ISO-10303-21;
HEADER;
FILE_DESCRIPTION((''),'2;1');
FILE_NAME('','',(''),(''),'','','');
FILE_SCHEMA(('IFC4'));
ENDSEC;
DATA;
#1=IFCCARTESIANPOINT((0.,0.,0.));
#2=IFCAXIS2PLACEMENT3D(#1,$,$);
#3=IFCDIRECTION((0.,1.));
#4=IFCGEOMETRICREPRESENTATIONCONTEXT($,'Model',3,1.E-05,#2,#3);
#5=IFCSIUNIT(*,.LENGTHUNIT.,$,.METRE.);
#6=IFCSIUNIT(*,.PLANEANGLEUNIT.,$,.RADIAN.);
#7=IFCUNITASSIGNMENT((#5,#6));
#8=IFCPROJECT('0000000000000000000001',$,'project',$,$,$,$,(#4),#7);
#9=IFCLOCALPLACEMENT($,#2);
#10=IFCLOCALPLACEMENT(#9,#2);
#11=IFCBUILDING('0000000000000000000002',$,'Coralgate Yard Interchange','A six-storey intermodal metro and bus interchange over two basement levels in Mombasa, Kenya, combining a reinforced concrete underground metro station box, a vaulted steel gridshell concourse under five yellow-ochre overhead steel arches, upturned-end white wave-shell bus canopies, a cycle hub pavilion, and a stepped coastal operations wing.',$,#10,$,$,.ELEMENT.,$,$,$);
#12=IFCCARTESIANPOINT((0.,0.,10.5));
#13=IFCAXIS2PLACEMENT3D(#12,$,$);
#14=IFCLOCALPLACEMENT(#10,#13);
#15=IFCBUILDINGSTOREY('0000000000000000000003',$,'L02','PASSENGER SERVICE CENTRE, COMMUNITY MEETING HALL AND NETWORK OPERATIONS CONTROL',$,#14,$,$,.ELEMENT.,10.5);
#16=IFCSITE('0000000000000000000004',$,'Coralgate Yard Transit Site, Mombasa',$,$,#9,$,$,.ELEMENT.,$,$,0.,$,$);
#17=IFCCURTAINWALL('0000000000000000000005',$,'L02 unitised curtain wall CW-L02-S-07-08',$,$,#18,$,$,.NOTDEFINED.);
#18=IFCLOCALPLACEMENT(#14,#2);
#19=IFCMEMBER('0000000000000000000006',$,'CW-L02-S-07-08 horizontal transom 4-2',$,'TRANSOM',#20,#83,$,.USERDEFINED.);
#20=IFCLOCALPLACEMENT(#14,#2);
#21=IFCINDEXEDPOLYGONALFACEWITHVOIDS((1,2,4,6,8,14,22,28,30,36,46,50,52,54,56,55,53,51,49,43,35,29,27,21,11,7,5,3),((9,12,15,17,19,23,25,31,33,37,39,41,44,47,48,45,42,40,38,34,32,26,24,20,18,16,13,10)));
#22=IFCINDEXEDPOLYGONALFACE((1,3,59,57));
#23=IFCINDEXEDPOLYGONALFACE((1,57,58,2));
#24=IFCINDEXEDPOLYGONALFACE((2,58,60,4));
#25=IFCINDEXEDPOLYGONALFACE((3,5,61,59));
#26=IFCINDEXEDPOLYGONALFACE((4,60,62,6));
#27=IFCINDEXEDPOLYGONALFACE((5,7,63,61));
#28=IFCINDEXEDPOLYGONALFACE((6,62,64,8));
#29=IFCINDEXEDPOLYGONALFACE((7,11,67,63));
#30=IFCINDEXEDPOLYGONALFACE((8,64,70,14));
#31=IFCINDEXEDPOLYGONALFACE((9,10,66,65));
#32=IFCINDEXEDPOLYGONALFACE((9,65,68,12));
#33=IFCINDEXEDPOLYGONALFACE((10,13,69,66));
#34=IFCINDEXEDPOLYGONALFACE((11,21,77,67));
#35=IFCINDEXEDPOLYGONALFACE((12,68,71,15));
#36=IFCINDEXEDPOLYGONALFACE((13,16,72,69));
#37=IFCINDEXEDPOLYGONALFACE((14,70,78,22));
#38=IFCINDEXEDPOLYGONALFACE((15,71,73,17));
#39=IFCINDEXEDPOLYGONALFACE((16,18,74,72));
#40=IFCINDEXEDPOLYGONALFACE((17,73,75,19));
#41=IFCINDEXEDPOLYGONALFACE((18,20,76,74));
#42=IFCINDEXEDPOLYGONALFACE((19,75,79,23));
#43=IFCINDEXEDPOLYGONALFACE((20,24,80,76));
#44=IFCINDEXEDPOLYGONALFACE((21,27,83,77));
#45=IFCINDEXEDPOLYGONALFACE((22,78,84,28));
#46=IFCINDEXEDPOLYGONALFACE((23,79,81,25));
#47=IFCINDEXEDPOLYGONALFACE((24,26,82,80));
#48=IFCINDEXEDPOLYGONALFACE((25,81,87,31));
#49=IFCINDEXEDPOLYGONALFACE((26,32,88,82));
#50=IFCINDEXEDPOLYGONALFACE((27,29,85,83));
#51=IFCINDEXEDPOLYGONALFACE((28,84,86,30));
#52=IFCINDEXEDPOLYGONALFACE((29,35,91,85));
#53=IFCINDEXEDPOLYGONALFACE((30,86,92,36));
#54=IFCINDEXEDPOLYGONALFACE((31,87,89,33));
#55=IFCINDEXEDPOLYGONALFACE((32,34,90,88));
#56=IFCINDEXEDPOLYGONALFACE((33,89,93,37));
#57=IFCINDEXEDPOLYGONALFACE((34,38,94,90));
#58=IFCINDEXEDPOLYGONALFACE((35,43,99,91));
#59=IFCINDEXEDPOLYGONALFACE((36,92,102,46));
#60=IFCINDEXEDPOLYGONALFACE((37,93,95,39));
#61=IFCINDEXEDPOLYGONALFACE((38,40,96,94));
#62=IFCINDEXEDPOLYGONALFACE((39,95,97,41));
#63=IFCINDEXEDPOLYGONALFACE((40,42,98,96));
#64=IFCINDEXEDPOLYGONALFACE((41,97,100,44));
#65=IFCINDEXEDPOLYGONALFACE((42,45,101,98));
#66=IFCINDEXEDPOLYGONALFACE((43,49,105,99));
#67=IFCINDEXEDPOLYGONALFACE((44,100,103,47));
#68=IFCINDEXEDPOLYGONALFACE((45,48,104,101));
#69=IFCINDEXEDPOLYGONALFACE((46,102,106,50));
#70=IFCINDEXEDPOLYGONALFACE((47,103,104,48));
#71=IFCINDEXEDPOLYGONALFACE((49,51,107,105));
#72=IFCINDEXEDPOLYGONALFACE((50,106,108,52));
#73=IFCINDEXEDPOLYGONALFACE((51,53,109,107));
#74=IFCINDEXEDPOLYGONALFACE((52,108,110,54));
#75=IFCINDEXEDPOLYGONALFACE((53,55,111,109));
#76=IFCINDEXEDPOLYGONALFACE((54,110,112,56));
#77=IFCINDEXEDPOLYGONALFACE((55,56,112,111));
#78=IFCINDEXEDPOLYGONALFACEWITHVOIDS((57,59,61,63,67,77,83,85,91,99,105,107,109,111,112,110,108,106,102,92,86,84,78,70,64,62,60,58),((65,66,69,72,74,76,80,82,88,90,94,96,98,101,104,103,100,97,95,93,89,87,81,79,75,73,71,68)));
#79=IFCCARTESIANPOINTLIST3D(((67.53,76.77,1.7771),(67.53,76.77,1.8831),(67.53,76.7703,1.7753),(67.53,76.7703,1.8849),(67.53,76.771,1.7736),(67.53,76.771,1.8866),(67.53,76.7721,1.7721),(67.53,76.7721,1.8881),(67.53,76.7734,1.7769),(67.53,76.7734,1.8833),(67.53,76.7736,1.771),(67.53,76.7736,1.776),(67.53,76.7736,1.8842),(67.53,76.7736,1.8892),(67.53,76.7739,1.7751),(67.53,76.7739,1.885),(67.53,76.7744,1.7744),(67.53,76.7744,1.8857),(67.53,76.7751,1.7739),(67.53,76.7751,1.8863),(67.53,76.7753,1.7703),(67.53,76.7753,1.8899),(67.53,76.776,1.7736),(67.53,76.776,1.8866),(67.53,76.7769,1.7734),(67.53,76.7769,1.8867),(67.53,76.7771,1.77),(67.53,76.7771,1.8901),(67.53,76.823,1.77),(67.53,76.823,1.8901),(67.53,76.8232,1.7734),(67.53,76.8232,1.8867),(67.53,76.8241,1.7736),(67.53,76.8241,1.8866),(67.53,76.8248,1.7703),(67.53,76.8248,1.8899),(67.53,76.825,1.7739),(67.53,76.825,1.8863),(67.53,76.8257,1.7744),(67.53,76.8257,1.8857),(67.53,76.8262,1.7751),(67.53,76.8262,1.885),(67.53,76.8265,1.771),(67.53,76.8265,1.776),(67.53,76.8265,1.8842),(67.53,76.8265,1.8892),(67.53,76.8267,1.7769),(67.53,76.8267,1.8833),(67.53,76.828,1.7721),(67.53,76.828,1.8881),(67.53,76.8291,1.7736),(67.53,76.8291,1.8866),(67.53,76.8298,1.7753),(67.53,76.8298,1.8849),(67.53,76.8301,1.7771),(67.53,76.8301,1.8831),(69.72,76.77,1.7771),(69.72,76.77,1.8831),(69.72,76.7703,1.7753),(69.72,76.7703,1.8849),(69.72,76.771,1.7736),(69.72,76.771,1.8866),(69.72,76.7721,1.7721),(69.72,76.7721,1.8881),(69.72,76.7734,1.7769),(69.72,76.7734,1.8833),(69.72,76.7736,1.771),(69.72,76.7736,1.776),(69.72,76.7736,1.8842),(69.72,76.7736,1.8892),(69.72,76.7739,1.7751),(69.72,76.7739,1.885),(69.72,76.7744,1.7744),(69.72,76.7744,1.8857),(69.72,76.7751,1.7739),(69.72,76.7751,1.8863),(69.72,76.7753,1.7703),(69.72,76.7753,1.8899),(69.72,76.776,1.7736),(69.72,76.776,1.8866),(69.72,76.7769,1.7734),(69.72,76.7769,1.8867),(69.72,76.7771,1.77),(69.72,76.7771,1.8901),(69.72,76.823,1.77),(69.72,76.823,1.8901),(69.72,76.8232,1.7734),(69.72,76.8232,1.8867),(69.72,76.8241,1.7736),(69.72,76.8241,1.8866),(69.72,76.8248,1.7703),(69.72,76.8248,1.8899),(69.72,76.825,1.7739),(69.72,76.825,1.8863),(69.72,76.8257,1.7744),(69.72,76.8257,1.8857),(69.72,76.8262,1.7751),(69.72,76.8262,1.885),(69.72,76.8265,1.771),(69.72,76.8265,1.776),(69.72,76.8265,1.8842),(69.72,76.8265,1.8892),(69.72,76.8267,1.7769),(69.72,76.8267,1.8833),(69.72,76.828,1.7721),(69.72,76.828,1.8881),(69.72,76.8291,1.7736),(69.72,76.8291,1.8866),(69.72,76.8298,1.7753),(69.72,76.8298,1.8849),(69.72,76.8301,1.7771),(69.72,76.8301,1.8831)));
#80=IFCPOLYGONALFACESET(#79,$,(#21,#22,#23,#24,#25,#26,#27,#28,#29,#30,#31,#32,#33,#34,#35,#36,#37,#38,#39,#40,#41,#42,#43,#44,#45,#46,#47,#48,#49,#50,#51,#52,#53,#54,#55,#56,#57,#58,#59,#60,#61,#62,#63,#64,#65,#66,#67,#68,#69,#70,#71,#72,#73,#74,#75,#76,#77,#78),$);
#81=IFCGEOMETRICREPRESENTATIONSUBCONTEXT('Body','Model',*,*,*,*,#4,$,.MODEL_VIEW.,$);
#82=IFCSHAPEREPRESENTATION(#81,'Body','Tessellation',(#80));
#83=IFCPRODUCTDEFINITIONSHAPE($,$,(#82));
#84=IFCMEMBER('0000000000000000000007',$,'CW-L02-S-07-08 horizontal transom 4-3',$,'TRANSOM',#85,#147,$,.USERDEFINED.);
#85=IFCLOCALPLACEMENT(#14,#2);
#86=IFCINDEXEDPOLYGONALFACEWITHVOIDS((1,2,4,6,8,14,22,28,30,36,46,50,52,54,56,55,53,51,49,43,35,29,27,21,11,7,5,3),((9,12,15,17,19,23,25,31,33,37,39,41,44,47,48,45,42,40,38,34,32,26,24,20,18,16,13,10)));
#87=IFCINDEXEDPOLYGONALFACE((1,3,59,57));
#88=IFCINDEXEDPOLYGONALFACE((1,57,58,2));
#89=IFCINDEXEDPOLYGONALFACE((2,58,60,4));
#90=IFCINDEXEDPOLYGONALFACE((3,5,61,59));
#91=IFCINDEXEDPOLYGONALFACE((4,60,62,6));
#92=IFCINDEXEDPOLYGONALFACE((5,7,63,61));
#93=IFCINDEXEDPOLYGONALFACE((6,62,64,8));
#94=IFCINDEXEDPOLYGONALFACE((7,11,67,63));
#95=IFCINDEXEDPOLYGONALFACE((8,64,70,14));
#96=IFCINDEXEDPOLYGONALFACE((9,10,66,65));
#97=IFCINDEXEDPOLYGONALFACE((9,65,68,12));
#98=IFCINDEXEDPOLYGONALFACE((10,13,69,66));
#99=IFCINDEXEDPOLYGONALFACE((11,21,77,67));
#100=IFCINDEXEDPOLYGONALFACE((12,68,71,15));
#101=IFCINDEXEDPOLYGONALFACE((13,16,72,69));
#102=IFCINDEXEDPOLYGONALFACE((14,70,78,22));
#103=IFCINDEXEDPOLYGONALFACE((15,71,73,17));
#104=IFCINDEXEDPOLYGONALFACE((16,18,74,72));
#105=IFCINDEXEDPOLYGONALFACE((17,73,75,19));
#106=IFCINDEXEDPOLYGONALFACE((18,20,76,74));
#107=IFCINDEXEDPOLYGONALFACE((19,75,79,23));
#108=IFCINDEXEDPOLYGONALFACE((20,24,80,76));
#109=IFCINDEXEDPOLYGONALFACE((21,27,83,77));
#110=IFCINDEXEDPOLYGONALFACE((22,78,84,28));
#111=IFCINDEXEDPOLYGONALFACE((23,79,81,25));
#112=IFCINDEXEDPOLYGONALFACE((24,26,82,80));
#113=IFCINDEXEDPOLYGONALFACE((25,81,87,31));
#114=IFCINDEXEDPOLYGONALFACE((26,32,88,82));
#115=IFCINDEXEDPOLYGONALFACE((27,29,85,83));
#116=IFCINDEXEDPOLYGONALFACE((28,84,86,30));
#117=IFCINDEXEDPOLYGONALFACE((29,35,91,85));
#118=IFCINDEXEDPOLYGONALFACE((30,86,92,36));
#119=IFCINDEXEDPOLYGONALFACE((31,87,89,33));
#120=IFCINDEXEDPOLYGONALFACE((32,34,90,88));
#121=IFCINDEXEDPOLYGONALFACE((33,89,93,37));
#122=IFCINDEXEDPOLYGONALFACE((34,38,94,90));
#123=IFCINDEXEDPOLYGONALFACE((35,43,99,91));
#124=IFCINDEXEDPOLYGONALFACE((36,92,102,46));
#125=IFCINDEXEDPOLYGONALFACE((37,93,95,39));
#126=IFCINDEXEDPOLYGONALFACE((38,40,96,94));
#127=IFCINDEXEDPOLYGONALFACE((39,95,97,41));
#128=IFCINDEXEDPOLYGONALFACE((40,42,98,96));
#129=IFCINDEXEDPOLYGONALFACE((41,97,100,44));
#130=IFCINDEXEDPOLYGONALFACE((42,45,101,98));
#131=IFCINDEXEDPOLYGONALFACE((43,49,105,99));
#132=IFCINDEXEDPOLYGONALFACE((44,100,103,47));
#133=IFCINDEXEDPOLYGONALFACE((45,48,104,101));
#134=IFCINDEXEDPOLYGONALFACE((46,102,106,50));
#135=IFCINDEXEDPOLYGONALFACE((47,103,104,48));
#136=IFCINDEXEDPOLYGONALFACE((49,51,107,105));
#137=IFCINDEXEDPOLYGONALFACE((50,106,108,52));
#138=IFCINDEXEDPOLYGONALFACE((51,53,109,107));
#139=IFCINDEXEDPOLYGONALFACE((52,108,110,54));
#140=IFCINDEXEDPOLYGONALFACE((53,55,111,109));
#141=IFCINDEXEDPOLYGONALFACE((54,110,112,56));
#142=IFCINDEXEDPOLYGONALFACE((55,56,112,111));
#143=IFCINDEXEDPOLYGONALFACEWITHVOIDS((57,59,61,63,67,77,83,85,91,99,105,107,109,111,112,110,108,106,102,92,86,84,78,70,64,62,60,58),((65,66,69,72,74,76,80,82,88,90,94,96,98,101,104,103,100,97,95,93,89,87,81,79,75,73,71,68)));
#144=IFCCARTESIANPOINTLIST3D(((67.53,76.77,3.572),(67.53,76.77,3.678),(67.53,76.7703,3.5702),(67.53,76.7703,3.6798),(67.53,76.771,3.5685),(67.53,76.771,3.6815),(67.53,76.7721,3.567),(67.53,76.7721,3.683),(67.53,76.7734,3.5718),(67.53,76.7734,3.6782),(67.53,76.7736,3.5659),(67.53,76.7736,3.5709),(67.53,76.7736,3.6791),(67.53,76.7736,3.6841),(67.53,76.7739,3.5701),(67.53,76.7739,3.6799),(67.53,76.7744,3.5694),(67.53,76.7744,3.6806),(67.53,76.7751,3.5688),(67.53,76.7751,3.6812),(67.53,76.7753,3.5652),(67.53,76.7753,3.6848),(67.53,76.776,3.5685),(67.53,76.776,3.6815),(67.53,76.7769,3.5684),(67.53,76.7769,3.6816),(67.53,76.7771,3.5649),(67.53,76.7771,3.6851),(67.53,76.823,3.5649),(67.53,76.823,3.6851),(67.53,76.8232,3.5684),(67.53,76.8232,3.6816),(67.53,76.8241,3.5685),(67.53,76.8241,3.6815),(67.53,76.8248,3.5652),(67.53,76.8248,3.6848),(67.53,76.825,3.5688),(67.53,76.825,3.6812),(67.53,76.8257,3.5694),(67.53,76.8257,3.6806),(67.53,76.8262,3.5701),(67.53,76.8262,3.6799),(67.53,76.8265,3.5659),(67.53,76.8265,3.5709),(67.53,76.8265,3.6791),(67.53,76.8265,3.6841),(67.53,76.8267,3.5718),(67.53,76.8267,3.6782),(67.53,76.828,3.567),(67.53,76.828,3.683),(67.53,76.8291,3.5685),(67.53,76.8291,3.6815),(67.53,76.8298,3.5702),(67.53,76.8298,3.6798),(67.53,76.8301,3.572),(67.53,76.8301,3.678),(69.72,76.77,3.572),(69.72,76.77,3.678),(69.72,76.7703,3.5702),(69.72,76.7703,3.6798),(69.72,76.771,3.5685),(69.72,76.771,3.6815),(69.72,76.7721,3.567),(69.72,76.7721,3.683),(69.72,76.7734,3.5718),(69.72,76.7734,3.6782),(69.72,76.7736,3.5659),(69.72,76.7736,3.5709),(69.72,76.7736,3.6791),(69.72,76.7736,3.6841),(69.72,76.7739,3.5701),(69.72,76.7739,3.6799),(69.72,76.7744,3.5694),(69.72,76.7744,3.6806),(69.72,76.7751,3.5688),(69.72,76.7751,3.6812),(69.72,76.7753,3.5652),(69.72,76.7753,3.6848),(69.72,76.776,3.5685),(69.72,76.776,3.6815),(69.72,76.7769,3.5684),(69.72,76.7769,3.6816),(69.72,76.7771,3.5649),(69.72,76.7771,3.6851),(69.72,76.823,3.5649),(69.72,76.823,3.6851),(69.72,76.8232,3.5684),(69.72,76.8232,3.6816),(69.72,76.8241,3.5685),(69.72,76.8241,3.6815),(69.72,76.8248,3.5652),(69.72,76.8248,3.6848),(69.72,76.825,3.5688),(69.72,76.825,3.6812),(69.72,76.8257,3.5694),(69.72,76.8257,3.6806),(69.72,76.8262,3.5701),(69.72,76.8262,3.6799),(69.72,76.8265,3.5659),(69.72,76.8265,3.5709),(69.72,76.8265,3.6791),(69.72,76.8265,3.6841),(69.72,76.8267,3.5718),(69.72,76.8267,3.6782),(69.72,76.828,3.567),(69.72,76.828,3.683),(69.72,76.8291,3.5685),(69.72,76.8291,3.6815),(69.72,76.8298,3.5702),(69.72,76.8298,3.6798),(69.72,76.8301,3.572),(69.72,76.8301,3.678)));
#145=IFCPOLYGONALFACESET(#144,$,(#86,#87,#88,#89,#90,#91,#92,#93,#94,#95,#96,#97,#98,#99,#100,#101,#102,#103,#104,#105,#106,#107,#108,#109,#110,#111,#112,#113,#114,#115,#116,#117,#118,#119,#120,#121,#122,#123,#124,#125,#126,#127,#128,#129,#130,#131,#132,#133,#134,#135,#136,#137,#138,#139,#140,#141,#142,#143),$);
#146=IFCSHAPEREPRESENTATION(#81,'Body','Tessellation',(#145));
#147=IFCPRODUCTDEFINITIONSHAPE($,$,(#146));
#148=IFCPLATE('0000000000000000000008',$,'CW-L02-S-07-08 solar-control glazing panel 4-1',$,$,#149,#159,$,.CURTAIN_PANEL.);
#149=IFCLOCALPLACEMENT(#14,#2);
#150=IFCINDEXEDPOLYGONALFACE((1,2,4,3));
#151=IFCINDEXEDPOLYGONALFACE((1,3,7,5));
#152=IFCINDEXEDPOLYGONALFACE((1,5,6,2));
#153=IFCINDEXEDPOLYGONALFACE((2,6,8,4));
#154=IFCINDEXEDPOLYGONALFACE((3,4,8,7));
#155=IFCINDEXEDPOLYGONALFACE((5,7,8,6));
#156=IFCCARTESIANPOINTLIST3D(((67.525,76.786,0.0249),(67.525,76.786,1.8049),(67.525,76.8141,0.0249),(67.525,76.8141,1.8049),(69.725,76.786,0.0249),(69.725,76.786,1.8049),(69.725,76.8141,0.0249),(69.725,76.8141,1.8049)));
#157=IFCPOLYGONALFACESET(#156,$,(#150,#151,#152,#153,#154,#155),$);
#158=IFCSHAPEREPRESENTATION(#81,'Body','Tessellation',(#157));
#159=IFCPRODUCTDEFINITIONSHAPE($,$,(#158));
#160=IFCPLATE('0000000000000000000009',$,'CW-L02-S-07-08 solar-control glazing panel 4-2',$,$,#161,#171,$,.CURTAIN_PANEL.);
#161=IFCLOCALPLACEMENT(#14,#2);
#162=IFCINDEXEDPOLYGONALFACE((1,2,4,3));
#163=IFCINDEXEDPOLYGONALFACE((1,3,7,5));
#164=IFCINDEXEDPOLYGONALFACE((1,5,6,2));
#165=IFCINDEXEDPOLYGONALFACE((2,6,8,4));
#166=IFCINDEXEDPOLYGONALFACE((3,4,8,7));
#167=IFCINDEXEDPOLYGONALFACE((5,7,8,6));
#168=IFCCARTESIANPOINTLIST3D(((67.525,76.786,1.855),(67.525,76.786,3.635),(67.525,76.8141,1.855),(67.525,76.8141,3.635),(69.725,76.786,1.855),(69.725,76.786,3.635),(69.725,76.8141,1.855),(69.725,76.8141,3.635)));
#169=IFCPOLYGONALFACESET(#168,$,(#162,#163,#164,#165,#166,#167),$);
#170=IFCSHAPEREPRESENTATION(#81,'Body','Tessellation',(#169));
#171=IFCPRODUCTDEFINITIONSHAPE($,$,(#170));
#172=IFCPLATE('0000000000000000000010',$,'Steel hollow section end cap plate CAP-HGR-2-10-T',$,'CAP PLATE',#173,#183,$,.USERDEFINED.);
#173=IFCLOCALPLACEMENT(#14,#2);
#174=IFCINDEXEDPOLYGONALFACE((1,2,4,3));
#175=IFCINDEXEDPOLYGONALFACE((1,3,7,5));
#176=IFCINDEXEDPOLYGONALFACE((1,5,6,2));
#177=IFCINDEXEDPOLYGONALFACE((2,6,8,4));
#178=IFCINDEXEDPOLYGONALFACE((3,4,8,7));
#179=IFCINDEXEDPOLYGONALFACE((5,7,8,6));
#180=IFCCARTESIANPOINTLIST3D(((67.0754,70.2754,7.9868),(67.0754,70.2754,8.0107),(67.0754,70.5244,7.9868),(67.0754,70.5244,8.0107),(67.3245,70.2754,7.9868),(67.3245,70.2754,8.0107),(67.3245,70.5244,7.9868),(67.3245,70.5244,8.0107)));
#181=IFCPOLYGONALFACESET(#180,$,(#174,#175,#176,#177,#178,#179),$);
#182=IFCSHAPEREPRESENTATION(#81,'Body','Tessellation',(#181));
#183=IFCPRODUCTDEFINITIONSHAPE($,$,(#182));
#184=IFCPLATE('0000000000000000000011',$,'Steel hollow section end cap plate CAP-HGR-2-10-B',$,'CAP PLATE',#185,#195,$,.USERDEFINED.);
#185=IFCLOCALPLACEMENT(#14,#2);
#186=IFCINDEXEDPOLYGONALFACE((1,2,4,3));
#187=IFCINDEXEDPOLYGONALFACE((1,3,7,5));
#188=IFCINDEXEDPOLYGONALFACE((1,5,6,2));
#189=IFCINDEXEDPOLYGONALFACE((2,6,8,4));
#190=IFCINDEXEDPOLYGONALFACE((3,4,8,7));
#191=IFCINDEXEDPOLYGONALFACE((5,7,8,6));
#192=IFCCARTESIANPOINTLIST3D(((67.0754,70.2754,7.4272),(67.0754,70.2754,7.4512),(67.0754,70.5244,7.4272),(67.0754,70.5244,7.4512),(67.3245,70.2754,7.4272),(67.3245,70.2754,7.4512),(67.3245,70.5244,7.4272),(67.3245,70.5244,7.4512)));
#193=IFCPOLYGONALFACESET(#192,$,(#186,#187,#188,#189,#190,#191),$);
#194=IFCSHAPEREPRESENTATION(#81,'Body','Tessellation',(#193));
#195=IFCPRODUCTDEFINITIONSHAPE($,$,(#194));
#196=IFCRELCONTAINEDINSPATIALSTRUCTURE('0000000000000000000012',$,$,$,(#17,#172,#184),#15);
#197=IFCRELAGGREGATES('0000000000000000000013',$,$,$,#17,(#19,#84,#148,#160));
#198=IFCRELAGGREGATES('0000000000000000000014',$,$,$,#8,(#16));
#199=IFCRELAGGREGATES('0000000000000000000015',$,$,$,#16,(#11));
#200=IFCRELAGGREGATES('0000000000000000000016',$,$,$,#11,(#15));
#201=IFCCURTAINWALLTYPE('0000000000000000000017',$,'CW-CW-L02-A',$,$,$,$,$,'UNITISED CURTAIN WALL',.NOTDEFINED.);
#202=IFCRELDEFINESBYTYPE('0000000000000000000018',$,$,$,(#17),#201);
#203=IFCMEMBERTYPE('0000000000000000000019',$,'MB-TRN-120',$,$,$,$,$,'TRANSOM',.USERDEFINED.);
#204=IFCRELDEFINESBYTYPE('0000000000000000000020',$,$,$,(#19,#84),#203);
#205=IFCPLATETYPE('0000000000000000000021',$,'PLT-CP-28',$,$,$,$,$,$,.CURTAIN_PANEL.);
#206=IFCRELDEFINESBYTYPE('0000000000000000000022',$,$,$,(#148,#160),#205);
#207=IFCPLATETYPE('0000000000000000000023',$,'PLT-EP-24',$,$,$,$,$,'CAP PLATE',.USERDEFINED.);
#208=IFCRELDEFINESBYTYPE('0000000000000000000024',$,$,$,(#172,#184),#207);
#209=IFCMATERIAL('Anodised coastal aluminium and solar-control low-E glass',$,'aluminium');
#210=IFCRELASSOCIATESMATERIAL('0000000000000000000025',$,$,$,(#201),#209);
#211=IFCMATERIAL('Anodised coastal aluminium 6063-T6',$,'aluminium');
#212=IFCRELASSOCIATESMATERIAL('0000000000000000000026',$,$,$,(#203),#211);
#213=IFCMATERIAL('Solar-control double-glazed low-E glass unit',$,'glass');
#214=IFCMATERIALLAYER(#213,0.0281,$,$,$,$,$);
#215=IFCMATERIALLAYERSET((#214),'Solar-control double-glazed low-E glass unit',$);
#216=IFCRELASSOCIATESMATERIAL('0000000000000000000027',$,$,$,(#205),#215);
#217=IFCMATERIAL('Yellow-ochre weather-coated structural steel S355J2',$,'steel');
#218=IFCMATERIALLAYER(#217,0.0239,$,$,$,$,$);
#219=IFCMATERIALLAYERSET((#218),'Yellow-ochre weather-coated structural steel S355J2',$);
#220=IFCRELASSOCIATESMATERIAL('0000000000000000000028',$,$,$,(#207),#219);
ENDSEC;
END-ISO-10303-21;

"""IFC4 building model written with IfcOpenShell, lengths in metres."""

from ifc_helpers import new_model, si_unit, direction, frame, origin, origin_2d, place, context, subcontext, project, spatial, rectangle, hollow_rectangle, extrude, material, layer, layer_set, material_profile, profile_set, type_object, element, aggregate, save


model = new_model("IFC4")

# Units and contexts
model_context = context("Model", 3, precision=1e-05, world=origin(), true_north=direction((0.0, 1.0)))
body_context = subcontext(model_context, "Body", "Model", "MODEL_VIEW")
ifc_project = project(units=[si_unit("LENGTHUNIT", "METRE"), si_unit("PLANEANGLEUNIT", "RADIAN")], contexts=[model_context])

# Site, building, storey
site_placement = place(None, origin())
site = spatial("IfcSite", under=ifc_project, at=site_placement, Name="Coralgate Yard Transit Site, Mombasa", CompositionType="ELEMENT", RefElevation=0.0)
building_placement = place(site_placement, origin())
building = spatial("IfcBuilding", under=site, at=building_placement, Name="Coralgate Yard Interchange", Description="A six-storey intermodal metro and bus interchange over two basement levels in Mombasa, Kenya, combining a reinforced concrete underground metro station box, a vaulted steel gridshell concourse under five yellow-ochre overhead steel arches, upturned-end white wave-shell bus canopies, a cycle hub pavilion, and a stepped coastal operations wing.", CompositionType="ELEMENT")
storey_placement = place(building_placement, frame((0.0, 0.0, 10.5)))
storey = spatial("IfcBuildingStorey", under=building, at=storey_placement, Name="L02", Description="PASSENGER SERVICE CENTRE, COMMUNITY MEETING HALL AND NETWORK OPERATIONS CONTROL", CompositionType="ELEMENT", Elevation=10.5)

# Shared definitions
ifc_material_1 = material(Name="Yellow-ochre weather-coated structural steel S355J2", Category="steel")

# Shared definitions
ifc_material_2 = material(Name="Anodised coastal aluminium and solar-control low-E glass", Category="aluminium")
curtain_wall_type = type_object("IfcCurtainWallType", Name="CW-CW-L02-A", ElementType="UNITISED CURTAIN WALL", PredefinedType="NOTDEFINED", material=ifc_material_2)
ifc_material_3 = material(Name="Anodised coastal aluminium 6063-T6", Category="aluminium")

# Curtain wall
curtain_wall_1_placement = place(storey_placement, origin())
curtain_wall_1 = element("IfcCurtainWall", 1, at=curtain_wall_1_placement, inside=storey, type_object=curtain_wall_type, Name="L02 unitised curtain wall CW-L02-S-07-08", PredefinedType="NOTDEFINED")

# Members
ifc_material_profile_1 = material_profile(ifc_material_3, hollow_rectangle(XDim=0.0601, YDim=0.1201, WallThickness=0.0034, InnerFilletRadius=0.0034, OuterFilletRadius=0.0071, at=origin_2d()), Name="ALU 60x120x3.5")
ifc_profile_set_1 = profile_set([ifc_material_profile_1], Name="Anodised coastal aluminium 6063-T6")
member_type_1 = type_object("IfcMemberType", Name="MB-TRN-120", ElementType="TRANSOM", PredefinedType="USERDEFINED", material=ifc_profile_set_1)
member_1_placement = place(storey_placement, frame((69.72, 76.8, 1.8301), z_axis=(-1.0, 0.0, 0.0), x_axis=(0.0, -1.0, 0.0)))
member_1 = element("IfcMember", 2, at=member_1_placement, type_object=member_type_1, Name="CW-L02-S-07-08 horizontal transom 4-2", ObjectType="TRANSOM", PredefinedType="USERDEFINED", context=body_context, shape_type="SweptSolid", body=[
    extrude(hollow_rectangle(XDim=0.0601, YDim=0.1201, WallThickness=0.0034, InnerFilletRadius=0.0034, OuterFilletRadius=0.0071, at=origin_2d()), origin(), (0.0, 0.0, 1.0), 2.1899),
])
member_2_placement = place(storey_placement, frame((69.72, 76.8, 3.625), z_axis=(-1.0, 0.0, 0.0), x_axis=(0.0, -1.0, 0.0)))
member_2 = element("IfcMember", 3, at=member_2_placement, type_object=member_type_1, Name="CW-L02-S-07-08 horizontal transom 4-3", ObjectType="TRANSOM", PredefinedType="USERDEFINED", context=body_context, shape_type="SweptSolid", body=[
    extrude(hollow_rectangle(XDim=0.0601, YDim=0.1201, WallThickness=0.0034, InnerFilletRadius=0.0034, OuterFilletRadius=0.0071, at=origin_2d()), origin(), (0.0, 0.0, 1.0), 2.1899),
])

# Plates
ifc_material_4 = material(Name="Solar-control double-glazed low-E glass unit", Category="glass")
ifc_layer_1 = layer(ifc_material_4, 0.0281)
ifc_layer_set_1 = layer_set([ifc_layer_1], Name="Solar-control double-glazed low-E glass unit")
plate_type_1 = type_object("IfcPlateType", Name="PLT-CP-28", PredefinedType="CURTAIN_PANEL", material=ifc_layer_set_1)
plate_1_placement = place(storey_placement, frame((68.625, 76.8, 0.0249), z_axis=(0.0, 0.0, 1.0), x_axis=(-1.0, 0.0, 0.0)))
plate_1 = element("IfcPlate", 4, at=plate_1_placement, type_object=plate_type_1, Name="CW-L02-S-07-08 solar-control glazing panel 4-1", PredefinedType="CURTAIN_PANEL", context=body_context, shape_type="SweptSolid", body=[
    extrude(rectangle(XDim=2.2, YDim=0.0281, at=origin_2d()), origin(), (0.0, 0.0, 1.0), 1.78),
])
plate_2_placement = place(storey_placement, frame((68.625, 76.8, 1.855), z_axis=(0.0, 0.0, 1.0), x_axis=(-1.0, 0.0, 0.0)))
plate_2 = element("IfcPlate", 5, at=plate_2_placement, type_object=plate_type_1, Name="CW-L02-S-07-08 solar-control glazing panel 4-2", PredefinedType="CURTAIN_PANEL", context=body_context, shape_type="SweptSolid", body=[
    extrude(rectangle(XDim=2.2, YDim=0.0281, at=origin_2d()), origin(), (0.0, 0.0, 1.0), 1.78),
])
aggregate(curtain_wall_1, [member_1, member_2, plate_1, plate_2])

# Plates
ifc_layer_2 = layer(ifc_material_1, 0.0239)
ifc_layer_set_2 = layer_set([ifc_layer_2], Name="Yellow-ochre weather-coated structural steel S355J2")
plate_type_2 = type_object("IfcPlateType", Name="PLT-EP-24", ElementType="CAP PLATE", PredefinedType="USERDEFINED", material=ifc_layer_set_2)
for number, where, z_axis, x_axis, name in (
    (6, (67.2, 70.3999, 7.9868), (0.0, 0.0, 1.0), (1.0, 0.0, 0.0), "Steel hollow section end cap plate CAP-HGR-2-10-T"),
    (7, (67.2, 70.3999, 7.4512), (0.0, 0.0, -1.0), (1.0, 0.0, 0.0), "Steel hollow section end cap plate CAP-HGR-2-10-B"),
):
    element("IfcPlate", number, at=place(storey_placement, frame(where, z_axis=z_axis, x_axis=x_axis)), inside=storey, type_object=plate_type_2, Name=name, ObjectType="CAP PLATE", PredefinedType="USERDEFINED", context=body_context, shape_type="SweptSolid", body=[
        extrude(rectangle(XDim=0.249, YDim=0.249, at=origin_2d()), origin(), (0.0, 0.0, 1.0), 0.0239),
    ])

save(model, "model.ifc")
